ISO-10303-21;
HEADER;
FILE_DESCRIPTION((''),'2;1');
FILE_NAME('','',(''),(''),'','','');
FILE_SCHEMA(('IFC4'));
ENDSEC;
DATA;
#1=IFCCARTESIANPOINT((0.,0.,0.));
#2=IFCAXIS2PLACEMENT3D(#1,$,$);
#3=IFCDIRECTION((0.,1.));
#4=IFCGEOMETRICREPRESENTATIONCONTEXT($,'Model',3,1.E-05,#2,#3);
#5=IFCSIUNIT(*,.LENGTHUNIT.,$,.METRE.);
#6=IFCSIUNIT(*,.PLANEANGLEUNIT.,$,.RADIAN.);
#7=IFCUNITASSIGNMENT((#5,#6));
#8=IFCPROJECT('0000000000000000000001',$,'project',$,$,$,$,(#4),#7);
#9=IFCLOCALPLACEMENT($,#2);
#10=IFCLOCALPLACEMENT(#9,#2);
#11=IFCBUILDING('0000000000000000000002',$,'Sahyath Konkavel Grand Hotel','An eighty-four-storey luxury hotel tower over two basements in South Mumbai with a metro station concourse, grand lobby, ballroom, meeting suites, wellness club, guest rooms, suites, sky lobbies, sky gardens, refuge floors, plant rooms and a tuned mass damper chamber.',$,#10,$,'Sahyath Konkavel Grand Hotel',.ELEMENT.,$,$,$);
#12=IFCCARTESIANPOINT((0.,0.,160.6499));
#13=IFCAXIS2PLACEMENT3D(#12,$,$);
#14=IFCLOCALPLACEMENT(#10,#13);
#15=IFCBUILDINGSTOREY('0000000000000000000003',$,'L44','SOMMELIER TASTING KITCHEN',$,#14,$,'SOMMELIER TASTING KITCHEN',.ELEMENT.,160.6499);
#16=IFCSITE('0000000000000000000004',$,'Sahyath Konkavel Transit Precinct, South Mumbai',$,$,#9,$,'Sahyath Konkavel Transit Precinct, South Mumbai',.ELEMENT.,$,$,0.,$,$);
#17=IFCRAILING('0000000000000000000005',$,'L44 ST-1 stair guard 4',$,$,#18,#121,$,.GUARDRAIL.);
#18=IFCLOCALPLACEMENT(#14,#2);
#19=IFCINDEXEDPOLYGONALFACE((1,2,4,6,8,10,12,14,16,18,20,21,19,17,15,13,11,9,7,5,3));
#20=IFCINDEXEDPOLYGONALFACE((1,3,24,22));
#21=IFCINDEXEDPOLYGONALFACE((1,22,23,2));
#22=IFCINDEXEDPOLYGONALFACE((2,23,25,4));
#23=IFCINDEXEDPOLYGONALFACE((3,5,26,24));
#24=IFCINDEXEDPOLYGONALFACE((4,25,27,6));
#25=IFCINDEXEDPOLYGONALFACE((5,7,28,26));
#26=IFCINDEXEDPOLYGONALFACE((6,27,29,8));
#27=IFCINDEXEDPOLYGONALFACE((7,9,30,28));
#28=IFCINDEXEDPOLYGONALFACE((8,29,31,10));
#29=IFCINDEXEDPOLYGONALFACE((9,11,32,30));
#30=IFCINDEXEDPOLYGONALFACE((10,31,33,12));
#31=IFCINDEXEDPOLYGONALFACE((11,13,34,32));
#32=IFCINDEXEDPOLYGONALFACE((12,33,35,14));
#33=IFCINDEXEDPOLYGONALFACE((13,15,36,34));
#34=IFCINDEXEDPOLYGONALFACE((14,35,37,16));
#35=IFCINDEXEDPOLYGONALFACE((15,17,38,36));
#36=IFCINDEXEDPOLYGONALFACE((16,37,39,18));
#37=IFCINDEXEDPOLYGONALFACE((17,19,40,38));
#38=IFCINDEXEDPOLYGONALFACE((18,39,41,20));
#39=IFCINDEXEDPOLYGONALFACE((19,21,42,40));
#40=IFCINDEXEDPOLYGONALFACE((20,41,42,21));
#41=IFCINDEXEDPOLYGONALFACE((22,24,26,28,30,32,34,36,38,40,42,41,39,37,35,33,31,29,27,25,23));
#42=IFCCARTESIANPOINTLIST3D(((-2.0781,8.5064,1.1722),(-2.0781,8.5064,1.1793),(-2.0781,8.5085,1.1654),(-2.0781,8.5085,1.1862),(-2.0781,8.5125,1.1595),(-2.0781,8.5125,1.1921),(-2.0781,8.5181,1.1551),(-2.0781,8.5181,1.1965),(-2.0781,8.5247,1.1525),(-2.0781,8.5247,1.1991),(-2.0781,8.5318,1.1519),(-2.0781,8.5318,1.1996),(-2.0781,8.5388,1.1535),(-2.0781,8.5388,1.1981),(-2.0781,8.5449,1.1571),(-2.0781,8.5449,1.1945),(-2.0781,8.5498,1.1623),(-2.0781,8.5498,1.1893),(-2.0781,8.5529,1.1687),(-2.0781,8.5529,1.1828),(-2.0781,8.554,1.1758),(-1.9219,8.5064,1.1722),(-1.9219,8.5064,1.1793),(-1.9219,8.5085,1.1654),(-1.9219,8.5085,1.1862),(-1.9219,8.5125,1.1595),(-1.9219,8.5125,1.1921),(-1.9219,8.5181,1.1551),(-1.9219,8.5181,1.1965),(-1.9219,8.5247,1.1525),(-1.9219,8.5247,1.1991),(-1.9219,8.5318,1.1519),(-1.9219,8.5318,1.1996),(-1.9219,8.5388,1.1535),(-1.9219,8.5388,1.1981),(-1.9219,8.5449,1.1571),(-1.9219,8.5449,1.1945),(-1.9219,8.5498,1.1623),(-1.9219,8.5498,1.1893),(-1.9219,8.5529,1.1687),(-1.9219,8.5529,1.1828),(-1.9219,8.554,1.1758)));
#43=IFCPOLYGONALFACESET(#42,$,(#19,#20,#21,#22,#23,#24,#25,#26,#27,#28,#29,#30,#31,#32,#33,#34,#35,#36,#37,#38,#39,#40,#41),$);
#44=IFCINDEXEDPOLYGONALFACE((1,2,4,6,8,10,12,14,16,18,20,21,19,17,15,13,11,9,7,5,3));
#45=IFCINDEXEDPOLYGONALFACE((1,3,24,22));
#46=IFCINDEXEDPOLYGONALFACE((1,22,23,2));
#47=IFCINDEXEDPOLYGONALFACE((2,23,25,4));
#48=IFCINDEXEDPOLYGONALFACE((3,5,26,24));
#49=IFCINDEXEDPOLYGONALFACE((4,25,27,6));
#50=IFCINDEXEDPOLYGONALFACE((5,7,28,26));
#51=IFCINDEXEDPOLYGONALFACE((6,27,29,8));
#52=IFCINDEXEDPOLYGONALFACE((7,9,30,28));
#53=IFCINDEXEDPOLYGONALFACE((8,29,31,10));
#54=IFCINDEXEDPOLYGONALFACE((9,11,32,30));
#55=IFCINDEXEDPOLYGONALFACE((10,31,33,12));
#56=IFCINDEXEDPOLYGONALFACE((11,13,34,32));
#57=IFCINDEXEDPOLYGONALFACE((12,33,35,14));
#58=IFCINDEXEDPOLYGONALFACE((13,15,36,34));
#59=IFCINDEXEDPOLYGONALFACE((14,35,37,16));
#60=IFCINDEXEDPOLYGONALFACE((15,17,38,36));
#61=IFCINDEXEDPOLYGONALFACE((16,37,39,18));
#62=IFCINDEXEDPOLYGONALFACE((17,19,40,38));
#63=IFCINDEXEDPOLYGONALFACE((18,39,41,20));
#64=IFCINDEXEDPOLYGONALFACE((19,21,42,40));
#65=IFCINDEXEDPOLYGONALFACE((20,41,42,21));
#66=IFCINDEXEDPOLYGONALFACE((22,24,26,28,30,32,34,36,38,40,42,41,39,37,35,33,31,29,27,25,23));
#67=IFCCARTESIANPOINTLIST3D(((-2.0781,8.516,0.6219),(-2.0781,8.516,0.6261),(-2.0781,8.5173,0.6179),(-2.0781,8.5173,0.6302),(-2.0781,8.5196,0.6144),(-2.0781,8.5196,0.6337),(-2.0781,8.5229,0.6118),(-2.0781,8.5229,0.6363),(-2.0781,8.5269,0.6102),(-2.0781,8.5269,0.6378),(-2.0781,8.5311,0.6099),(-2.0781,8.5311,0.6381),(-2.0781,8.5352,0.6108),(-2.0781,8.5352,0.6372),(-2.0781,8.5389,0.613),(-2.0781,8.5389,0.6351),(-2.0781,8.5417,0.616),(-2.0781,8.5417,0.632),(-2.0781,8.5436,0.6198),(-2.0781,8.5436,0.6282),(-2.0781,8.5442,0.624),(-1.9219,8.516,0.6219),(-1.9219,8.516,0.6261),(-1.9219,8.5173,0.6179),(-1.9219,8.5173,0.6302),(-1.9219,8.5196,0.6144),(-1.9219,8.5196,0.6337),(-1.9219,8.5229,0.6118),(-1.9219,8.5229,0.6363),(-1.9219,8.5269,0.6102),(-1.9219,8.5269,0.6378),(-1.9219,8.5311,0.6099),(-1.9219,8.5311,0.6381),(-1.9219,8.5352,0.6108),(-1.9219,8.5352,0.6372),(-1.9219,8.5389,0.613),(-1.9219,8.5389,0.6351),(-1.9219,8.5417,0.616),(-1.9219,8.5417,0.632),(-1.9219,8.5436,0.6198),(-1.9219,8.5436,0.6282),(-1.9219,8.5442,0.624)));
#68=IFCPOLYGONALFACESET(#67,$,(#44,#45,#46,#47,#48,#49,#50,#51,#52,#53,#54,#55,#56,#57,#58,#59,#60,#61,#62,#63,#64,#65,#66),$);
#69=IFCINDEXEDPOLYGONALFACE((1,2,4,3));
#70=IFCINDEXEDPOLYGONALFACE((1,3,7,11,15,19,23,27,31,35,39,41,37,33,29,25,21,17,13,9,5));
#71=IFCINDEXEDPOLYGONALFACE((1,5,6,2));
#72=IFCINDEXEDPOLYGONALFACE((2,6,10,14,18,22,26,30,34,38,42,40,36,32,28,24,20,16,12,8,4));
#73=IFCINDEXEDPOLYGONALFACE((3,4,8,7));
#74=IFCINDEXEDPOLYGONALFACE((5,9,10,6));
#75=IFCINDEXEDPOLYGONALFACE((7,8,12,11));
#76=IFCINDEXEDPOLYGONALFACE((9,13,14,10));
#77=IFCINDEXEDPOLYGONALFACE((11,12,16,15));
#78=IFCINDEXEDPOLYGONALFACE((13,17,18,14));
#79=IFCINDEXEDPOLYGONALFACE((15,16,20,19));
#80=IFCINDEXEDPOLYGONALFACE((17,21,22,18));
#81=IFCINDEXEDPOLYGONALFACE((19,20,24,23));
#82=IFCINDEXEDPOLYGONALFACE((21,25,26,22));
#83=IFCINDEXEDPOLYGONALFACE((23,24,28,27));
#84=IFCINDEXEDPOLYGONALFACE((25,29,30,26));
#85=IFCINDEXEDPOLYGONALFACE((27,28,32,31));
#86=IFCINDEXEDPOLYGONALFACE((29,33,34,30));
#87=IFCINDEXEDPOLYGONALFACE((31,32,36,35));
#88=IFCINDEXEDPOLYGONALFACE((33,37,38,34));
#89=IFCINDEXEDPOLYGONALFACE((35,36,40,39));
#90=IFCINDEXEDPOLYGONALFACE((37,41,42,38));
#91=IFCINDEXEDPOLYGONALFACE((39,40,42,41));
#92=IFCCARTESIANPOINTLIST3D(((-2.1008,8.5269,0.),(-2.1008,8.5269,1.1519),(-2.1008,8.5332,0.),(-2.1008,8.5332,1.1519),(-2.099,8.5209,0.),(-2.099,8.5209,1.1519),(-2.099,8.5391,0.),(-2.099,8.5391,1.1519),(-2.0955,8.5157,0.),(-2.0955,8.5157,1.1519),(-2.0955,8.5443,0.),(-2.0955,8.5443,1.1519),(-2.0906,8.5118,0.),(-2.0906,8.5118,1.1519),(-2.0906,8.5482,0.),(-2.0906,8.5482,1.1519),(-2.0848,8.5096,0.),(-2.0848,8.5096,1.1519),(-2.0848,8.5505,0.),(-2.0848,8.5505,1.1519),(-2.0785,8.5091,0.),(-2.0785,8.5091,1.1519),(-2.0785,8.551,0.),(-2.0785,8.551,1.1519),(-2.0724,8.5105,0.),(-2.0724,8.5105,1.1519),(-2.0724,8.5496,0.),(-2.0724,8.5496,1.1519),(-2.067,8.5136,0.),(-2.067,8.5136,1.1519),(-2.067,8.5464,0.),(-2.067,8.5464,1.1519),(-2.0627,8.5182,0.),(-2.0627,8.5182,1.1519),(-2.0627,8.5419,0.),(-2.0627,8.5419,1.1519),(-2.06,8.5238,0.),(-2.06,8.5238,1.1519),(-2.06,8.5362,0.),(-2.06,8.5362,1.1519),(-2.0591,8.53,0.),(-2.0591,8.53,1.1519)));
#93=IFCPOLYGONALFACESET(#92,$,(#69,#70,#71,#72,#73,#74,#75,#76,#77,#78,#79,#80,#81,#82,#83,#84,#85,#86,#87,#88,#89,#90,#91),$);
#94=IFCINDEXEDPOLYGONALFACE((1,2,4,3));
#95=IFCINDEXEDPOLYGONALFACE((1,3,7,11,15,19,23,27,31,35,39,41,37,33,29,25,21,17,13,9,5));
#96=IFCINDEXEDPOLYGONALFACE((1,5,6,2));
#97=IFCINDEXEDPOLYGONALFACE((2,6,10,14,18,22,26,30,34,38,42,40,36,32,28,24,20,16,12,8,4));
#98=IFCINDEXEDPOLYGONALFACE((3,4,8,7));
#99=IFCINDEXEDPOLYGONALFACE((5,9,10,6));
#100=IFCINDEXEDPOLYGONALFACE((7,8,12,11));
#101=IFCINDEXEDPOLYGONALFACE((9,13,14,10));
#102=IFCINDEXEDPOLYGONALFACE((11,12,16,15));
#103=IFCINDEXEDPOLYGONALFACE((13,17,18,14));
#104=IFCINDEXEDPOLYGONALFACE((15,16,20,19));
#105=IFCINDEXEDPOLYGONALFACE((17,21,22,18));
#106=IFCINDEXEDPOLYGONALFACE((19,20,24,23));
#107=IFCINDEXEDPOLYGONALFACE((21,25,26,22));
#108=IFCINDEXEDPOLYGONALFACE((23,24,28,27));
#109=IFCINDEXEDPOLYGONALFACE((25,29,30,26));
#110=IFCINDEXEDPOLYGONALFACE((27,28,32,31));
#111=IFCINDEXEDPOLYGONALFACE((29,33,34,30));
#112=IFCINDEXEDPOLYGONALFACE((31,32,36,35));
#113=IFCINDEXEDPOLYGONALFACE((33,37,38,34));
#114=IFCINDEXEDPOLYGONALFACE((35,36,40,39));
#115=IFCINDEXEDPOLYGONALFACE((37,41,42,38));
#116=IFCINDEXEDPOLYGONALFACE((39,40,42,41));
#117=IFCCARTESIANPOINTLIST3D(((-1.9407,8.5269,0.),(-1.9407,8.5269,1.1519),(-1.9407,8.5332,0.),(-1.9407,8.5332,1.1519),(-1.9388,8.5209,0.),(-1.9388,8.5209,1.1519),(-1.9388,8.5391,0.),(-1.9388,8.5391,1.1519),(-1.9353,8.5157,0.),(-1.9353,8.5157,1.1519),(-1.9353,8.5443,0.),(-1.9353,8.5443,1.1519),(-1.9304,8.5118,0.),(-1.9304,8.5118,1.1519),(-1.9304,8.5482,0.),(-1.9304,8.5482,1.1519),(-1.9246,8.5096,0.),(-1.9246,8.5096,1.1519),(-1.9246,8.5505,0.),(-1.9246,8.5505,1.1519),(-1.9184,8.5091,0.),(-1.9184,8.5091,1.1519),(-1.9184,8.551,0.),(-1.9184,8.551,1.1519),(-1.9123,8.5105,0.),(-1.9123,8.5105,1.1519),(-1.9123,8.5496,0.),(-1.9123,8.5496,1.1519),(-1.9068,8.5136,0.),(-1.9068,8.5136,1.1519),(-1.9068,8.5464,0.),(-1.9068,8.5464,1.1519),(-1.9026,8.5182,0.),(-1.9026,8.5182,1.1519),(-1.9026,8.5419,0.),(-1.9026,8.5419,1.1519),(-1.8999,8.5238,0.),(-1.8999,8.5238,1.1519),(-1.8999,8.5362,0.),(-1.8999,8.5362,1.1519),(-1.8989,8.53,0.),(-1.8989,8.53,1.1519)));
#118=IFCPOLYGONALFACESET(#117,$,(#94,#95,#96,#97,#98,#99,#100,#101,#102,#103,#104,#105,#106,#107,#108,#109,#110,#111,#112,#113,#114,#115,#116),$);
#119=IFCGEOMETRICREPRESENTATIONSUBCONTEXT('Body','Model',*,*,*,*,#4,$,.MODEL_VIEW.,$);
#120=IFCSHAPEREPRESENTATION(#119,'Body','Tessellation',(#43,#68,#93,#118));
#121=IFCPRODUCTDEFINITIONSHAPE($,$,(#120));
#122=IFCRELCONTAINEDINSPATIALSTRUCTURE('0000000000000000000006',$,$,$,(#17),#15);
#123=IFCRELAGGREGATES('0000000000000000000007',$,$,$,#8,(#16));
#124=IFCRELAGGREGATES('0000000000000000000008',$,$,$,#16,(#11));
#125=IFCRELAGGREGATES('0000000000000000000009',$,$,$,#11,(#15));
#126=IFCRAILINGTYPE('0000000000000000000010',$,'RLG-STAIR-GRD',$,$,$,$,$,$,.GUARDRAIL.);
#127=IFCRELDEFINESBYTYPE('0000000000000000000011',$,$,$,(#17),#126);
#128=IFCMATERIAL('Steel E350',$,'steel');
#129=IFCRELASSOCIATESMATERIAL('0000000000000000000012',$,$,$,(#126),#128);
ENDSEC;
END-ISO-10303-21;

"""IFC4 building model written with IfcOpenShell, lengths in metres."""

from ifc_helpers import new_model, si_unit, direction, frame, origin, origin_2d, place, context, subcontext, project, spatial, circle, extrude, material, type_object, element, save


model = new_model("IFC4")

# Units and contexts
model_context = context("Model", 3, precision=1e-05, world=origin(), true_north=direction((0.0, 1.0)))
body_context = subcontext(model_context, "Body", "Model", "MODEL_VIEW")
ifc_project = project(units=[si_unit("LENGTHUNIT", "METRE"), si_unit("PLANEANGLEUNIT", "RADIAN")], contexts=[model_context])

# Site, building, storey
site_placement = place(None, origin())
site = spatial("IfcSite", under=ifc_project, at=site_placement, Name="Sahyath Konkavel Transit Precinct, South Mumbai", LongName="Sahyath Konkavel Transit Precinct, South Mumbai", CompositionType="ELEMENT", RefElevation=0.0)
building_placement = place(site_placement, origin())
building = spatial("IfcBuilding", under=site, at=building_placement, Name="Sahyath Konkavel Grand Hotel", Description="An eighty-four-storey luxury hotel tower over two basements in South Mumbai with a metro station concourse, grand lobby, ballroom, meeting suites, wellness club, guest rooms, suites, sky lobbies, sky gardens, refuge floors, plant rooms and a tuned mass damper chamber.", LongName="Sahyath Konkavel Grand Hotel", CompositionType="ELEMENT")
storey_placement = place(building_placement, frame((0.0, 0.0, 160.6499)))
storey = spatial("IfcBuildingStorey", under=building, at=storey_placement, Name="L44", Description="SOMMELIER TASTING KITCHEN", LongName="SOMMELIER TASTING KITCHEN", CompositionType="ELEMENT", Elevation=160.6499)

# Shared definitions
ifc_material_1 = material(Name="Steel E350", Category="steel")

# Railing
railing_type_1 = type_object("IfcRailingType", Name="RLG-STAIR-GRD", PredefinedType="GUARDRAIL", material=ifc_material_1)
railing_1_placement = place(storey_placement, frame((-2.0801, 8.53, 0.0)))
element("IfcRailing", 1, at=railing_1_placement, inside=storey, type_object=railing_type_1, Name="L44 ST-1 stair guard 4", PredefinedType="GUARDRAIL", context=body_context, shape_type="SweptSolid", body=[
    extrude(circle(Radius=0.0239, at=origin_2d()), frame((0.002, 0.0, 1.1758), z_axis=(1.0, 0.0, 0.0), x_axis=(0.0, 1.0, 0.0)), (0.0, 0.0, 1.0), 0.1562),
    extrude(circle(Radius=0.0142, at=origin_2d()), frame((0.002, 0.0, 0.624), z_axis=(1.0, 0.0, 0.0), x_axis=(0.0, 1.0, 0.0)), (0.0, 0.0, 1.0), 0.1562),
    extrude(circle(Radius=0.021, at=origin_2d()), origin(), (0.0, 0.0, 1.0), 1.1519),
    extrude(circle(Radius=0.021, at=origin_2d()), frame((0.1602, 0.0, 0.0)), (0.0, 0.0, 1.0), 1.1519),
])

save(model, "model.ifc")
